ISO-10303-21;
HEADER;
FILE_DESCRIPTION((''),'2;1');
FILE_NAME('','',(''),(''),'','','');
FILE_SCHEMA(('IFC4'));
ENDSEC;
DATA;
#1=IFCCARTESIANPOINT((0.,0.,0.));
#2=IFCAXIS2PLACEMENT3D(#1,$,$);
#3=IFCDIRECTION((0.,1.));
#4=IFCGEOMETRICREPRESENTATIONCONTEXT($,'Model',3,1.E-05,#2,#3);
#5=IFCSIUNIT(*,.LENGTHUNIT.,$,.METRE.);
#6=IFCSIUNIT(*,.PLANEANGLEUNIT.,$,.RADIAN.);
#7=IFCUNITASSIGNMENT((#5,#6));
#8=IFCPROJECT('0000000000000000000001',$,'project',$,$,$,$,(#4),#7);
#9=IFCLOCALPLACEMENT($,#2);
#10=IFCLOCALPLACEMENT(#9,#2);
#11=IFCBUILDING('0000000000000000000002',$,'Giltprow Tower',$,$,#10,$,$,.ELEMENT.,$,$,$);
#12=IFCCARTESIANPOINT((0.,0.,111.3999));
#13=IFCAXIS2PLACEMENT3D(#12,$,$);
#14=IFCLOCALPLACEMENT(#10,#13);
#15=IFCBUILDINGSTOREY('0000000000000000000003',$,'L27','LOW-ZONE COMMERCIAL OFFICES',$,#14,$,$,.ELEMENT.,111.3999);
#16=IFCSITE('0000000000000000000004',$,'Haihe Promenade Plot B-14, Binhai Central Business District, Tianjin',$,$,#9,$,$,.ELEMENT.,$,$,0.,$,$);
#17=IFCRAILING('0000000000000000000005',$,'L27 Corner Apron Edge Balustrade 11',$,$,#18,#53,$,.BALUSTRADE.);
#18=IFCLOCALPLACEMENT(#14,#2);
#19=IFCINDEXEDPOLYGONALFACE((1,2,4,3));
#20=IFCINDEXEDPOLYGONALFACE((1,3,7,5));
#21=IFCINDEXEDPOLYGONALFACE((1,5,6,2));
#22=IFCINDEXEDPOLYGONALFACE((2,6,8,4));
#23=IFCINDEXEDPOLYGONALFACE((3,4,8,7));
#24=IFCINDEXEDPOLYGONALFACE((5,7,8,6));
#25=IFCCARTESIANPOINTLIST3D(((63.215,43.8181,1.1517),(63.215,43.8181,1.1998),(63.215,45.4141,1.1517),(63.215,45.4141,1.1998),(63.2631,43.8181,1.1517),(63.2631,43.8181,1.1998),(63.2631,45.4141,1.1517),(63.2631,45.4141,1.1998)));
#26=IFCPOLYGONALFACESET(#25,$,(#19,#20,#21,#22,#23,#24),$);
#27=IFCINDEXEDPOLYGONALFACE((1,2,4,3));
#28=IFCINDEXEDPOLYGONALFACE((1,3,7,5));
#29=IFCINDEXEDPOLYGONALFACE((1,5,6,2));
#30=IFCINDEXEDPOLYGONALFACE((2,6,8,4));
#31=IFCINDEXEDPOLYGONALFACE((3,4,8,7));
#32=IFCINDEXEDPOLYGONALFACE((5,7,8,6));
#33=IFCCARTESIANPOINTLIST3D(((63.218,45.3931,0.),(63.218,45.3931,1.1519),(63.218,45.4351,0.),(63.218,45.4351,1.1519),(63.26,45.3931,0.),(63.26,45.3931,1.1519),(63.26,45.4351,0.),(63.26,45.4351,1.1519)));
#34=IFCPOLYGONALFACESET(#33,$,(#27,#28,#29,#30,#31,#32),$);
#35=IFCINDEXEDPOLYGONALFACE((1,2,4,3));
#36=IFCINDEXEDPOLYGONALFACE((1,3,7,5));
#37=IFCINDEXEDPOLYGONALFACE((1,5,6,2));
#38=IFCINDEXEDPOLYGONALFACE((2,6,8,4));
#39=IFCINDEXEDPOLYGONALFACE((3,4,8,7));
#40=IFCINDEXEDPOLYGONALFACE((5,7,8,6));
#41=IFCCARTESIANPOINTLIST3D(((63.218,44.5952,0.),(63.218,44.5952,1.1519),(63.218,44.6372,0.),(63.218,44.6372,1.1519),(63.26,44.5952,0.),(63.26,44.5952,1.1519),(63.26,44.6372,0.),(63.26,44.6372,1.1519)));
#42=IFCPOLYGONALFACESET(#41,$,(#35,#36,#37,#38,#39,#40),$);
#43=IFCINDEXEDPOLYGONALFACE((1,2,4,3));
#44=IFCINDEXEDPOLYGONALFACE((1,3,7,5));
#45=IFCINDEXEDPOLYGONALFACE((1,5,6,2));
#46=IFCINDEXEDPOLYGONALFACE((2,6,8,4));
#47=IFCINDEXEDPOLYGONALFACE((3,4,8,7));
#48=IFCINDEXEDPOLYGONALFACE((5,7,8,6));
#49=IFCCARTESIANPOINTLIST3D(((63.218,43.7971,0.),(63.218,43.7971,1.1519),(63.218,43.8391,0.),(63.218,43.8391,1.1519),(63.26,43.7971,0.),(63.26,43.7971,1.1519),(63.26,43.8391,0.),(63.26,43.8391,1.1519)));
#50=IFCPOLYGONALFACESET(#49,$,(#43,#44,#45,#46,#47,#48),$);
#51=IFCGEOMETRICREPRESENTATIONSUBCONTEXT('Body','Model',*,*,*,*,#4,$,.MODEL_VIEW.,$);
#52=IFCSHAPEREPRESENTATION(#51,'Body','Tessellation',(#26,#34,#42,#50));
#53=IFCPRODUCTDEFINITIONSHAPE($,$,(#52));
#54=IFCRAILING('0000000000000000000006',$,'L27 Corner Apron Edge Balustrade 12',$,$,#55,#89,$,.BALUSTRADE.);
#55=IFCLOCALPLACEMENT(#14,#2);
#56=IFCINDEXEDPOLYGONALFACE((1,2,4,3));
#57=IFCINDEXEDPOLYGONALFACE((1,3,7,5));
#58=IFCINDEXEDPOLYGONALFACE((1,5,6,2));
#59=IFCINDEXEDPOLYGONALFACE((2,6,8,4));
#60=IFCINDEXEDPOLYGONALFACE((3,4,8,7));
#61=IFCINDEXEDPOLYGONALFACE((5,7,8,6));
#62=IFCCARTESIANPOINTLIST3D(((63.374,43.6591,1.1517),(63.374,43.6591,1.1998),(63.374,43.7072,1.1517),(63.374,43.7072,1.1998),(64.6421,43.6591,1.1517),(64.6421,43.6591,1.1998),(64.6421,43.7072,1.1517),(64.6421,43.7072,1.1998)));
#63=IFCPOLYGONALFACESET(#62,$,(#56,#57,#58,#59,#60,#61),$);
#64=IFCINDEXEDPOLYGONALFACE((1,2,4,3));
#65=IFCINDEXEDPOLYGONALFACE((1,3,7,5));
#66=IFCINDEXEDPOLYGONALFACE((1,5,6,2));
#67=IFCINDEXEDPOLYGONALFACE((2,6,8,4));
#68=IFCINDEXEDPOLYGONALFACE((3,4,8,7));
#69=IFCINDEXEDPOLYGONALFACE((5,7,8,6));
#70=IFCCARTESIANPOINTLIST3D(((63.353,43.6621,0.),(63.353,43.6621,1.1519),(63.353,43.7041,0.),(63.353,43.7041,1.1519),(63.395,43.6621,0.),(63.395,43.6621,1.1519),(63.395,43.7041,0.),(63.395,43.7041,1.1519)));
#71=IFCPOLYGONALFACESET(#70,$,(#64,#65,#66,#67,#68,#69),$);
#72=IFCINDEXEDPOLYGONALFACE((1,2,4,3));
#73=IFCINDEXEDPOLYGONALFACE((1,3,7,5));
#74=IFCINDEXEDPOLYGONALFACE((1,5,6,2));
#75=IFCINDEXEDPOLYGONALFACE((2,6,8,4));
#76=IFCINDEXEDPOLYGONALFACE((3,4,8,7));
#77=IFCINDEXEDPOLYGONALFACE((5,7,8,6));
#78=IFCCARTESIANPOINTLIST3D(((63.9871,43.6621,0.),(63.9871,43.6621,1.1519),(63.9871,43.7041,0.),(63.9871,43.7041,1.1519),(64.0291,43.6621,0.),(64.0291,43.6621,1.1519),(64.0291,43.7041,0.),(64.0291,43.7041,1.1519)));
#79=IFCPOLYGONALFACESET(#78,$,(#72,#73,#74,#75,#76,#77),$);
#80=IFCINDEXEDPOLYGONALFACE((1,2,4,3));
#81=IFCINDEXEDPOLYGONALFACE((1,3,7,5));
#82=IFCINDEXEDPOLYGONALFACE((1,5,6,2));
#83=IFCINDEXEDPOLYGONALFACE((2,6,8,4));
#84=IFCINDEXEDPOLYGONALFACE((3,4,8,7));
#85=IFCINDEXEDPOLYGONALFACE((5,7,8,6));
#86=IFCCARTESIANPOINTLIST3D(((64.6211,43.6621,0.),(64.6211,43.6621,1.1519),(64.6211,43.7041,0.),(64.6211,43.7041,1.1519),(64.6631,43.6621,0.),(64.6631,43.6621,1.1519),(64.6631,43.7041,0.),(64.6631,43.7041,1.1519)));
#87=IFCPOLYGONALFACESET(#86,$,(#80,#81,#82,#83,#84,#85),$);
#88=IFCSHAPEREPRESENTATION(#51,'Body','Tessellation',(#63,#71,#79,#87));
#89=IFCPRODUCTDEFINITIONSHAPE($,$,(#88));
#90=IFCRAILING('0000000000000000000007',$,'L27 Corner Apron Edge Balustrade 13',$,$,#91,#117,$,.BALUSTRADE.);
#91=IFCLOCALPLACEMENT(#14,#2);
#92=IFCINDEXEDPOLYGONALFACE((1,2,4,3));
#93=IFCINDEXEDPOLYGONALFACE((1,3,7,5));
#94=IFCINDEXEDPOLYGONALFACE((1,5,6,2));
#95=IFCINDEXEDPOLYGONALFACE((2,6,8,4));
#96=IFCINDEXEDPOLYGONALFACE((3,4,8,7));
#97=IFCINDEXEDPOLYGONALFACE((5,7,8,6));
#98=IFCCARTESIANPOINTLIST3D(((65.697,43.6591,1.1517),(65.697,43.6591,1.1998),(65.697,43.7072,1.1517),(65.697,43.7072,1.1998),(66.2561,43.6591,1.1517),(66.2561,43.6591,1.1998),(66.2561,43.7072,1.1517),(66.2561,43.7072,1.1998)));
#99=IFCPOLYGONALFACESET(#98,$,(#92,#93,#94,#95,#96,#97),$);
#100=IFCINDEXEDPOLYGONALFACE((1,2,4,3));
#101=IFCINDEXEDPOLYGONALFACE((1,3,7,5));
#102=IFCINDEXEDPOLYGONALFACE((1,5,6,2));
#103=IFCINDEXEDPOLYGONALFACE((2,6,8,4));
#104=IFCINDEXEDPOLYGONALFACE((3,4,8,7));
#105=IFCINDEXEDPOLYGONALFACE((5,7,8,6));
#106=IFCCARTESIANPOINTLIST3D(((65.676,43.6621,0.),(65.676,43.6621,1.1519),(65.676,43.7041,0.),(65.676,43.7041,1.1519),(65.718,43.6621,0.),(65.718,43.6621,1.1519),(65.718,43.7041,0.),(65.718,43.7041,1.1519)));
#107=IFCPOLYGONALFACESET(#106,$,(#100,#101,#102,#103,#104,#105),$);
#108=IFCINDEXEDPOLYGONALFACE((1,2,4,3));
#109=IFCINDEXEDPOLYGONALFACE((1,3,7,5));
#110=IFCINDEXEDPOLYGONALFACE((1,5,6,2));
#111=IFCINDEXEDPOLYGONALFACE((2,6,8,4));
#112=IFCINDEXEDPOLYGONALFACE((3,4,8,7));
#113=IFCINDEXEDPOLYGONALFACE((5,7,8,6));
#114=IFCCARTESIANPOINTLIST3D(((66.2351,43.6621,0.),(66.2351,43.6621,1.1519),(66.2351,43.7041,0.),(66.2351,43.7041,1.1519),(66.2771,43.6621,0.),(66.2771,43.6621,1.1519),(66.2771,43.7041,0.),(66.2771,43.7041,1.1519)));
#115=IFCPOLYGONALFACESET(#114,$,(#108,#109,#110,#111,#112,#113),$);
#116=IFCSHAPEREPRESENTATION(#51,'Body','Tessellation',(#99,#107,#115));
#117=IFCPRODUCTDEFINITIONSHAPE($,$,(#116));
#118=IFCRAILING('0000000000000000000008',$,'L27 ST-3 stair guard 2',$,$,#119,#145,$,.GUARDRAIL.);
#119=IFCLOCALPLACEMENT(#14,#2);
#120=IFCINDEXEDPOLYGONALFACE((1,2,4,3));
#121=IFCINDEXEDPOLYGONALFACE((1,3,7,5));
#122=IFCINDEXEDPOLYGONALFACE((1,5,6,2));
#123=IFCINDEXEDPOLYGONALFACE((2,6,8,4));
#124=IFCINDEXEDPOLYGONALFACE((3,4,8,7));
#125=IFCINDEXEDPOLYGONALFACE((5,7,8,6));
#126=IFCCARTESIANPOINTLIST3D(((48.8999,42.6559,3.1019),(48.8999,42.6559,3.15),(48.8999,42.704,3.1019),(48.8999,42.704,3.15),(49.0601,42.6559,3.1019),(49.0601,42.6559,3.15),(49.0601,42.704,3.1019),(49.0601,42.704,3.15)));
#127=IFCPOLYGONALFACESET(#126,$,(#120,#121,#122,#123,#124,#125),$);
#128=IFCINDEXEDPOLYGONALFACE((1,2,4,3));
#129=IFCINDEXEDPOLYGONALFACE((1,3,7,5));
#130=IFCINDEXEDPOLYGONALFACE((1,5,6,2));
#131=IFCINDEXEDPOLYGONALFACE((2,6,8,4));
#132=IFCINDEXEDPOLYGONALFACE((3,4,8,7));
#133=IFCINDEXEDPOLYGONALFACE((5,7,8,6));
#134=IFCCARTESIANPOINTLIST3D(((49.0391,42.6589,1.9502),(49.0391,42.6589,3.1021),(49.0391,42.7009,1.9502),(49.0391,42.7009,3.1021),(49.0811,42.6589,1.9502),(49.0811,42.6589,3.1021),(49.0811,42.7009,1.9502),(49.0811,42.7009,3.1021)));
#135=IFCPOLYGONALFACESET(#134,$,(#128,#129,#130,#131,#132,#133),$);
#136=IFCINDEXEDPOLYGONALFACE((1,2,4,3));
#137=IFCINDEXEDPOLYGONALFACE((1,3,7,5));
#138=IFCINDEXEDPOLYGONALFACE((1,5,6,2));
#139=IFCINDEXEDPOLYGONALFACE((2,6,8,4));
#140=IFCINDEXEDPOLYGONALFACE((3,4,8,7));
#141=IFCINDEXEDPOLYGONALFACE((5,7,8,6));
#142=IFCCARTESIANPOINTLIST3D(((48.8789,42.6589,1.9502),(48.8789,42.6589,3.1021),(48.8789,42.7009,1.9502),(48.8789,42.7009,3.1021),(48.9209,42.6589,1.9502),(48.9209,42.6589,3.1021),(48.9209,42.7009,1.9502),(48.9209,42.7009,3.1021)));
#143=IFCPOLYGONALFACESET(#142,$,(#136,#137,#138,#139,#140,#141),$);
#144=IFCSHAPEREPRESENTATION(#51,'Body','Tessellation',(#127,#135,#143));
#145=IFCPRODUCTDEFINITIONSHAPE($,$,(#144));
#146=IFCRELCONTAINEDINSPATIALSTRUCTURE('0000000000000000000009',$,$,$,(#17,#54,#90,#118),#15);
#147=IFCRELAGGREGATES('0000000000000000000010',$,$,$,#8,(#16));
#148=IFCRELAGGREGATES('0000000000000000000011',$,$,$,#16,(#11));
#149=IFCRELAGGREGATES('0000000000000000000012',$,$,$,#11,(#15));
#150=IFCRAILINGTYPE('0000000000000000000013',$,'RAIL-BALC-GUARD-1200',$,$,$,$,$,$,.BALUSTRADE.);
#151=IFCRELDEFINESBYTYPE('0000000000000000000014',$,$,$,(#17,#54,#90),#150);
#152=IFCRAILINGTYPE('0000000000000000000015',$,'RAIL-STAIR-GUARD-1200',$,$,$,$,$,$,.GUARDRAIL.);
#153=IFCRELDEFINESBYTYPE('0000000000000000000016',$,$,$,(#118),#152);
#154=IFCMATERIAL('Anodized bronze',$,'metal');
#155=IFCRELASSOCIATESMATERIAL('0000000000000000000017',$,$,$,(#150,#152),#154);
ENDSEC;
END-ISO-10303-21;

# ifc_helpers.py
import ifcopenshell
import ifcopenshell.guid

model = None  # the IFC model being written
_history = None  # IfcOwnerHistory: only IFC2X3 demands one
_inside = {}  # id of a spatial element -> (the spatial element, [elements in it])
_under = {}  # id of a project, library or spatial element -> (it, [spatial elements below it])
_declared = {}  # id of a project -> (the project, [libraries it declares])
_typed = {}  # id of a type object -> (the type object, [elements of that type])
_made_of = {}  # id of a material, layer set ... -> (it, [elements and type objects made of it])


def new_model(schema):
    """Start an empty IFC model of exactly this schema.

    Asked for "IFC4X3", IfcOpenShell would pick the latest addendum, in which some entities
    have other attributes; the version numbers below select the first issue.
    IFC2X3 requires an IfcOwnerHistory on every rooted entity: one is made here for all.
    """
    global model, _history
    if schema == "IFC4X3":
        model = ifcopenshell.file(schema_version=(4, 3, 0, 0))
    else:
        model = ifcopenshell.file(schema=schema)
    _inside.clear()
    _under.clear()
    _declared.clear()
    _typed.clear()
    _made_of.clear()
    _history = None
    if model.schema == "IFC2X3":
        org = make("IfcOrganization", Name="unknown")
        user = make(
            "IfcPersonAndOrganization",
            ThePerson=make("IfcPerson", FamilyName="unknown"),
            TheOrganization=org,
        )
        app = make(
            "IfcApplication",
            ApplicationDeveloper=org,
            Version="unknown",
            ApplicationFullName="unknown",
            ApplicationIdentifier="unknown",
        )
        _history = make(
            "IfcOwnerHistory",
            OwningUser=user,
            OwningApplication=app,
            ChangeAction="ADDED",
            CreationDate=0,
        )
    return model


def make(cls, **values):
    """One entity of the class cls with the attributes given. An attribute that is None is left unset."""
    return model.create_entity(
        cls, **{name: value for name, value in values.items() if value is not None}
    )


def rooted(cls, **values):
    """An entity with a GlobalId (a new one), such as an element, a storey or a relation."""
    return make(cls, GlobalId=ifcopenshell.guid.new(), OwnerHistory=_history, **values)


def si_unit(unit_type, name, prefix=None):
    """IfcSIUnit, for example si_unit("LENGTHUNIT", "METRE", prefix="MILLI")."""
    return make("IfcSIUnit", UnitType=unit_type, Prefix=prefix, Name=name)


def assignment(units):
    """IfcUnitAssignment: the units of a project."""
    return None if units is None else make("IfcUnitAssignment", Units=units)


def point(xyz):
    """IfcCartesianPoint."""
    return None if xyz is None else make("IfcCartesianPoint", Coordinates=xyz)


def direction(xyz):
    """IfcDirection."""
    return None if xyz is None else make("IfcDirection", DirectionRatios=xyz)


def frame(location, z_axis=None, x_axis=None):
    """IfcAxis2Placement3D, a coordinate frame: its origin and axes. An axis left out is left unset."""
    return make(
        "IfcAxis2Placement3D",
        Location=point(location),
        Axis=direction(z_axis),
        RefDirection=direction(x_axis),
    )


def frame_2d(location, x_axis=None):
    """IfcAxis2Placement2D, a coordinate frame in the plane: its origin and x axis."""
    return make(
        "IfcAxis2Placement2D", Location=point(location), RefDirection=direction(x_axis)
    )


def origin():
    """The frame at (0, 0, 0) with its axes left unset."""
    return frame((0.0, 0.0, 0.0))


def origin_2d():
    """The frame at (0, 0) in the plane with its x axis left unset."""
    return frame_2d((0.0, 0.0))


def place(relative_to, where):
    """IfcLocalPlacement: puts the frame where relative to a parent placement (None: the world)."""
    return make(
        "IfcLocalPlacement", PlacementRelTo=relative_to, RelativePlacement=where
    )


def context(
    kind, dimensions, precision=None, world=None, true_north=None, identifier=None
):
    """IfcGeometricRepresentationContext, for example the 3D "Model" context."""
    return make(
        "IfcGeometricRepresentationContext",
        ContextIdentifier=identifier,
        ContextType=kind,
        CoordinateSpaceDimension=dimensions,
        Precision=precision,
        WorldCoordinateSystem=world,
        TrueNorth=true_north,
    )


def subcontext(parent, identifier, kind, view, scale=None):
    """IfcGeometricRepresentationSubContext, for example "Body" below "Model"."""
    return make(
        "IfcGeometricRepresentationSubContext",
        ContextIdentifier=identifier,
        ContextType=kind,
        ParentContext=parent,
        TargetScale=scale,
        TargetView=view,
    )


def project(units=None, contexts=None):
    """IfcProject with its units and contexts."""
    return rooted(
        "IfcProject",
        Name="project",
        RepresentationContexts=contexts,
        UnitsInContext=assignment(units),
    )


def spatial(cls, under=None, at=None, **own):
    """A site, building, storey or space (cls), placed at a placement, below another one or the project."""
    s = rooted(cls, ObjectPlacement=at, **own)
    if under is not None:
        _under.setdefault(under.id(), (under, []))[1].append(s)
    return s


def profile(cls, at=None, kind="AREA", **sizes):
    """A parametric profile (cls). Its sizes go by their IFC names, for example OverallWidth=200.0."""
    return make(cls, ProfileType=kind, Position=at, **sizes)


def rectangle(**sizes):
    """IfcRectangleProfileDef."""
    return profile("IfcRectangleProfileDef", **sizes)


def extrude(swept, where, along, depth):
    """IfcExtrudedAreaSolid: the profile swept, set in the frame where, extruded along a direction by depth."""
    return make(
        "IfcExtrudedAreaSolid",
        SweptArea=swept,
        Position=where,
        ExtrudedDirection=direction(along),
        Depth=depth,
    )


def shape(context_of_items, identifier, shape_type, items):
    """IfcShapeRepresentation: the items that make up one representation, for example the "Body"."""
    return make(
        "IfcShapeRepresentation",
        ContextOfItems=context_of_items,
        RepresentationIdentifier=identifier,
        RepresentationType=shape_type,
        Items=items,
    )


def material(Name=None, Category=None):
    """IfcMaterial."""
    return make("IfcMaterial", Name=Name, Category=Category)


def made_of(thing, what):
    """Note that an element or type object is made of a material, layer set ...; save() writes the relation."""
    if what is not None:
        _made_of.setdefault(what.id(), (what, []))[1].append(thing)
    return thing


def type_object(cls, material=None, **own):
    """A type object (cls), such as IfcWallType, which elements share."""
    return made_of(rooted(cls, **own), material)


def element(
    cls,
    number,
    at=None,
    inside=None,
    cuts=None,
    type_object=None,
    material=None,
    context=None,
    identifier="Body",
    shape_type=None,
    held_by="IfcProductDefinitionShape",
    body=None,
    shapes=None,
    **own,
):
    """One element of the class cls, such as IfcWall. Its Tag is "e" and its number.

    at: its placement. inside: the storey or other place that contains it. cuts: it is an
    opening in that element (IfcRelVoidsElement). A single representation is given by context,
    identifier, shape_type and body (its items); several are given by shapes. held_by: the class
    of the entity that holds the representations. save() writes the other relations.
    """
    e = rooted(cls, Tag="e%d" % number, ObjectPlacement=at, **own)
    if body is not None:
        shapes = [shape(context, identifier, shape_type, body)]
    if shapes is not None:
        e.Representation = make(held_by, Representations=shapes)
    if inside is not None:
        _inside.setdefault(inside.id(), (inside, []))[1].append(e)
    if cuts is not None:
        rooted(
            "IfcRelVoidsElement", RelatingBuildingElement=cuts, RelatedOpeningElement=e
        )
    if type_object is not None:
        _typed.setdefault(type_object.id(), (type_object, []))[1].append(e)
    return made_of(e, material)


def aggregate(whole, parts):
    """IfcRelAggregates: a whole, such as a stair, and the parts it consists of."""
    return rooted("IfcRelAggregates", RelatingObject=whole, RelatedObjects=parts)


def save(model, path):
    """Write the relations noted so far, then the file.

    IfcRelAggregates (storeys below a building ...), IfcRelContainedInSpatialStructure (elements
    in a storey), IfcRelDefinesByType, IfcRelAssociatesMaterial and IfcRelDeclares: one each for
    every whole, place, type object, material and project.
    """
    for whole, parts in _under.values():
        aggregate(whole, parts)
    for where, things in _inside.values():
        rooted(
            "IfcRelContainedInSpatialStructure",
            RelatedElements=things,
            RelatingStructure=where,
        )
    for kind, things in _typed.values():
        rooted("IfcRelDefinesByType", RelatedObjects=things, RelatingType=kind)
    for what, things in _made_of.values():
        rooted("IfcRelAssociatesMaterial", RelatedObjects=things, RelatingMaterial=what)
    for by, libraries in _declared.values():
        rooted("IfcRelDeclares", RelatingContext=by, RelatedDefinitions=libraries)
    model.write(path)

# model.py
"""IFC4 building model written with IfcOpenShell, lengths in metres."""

from ifc_helpers import new_model, si_unit, direction, frame, origin, origin_2d, place, context, subcontext, project, spatial, rectangle, extrude, material, type_object, element, save


model = new_model("IFC4")

# Units and contexts
model_context = context("Model", 3, precision=1e-05, world=origin(), true_north=direction((0.0, 1.0)))
body_context = subcontext(model_context, "Body", "Model", "MODEL_VIEW")
ifc_project = project(units=[si_unit("LENGTHUNIT", "METRE"), si_unit("PLANEANGLEUNIT", "RADIAN")], contexts=[model_context])

# Site, building, storey
site_placement = place(None, origin())
site = spatial("IfcSite", under=ifc_project, at=site_placement, Name="Haihe Promenade Plot B-14, Binhai Central Business District, Tianjin", CompositionType="ELEMENT", RefElevation=0.0)
building_placement = place(site_placement, origin())
building = spatial("IfcBuilding", under=site, at=building_placement, Name="Giltprow Tower", CompositionType="ELEMENT")
storey_placement = place(building_placement, frame((0.0, 0.0, 111.3999)))
storey = spatial("IfcBuildingStorey", under=building, at=storey_placement, Name="L27", Description="LOW-ZONE COMMERCIAL OFFICES", CompositionType="ELEMENT", Elevation=111.3999)

# Railings
ifc_material_1 = material(Name="Anodized bronze", Category="metal")
railing_type_1 = type_object("IfcRailingType", Name="RAIL-BALC-GUARD-1200", PredefinedType="BALUSTRADE", material=ifc_material_1)
railing_1_placement = place(storey_placement, frame((63.239, 45.4141, 0.0)))
element("IfcRailing", 1, at=railing_1_placement, inside=storey, type_object=railing_type_1, Name="L27 Corner Apron Edge Balustrade 11", PredefinedType="BALUSTRADE", context=body_context, shape_type="SweptSolid", body=[
    extrude(rectangle(XDim=0.0481, YDim=0.0481, at=origin_2d()), frame((0.0, 0.0, 1.1758), z_axis=(0.0, -1.0, 0.0), x_axis=(1.0, 0.0, 0.0)), (0.0, 0.0, 1.0), 1.5959),
    extrude(rectangle(XDim=0.042, YDim=0.042, at=origin_2d()), origin(), (0.0, 0.0, 1.0), 1.1519),
    extrude(rectangle(XDim=0.042, YDim=0.042, at=origin_2d()), frame((0.0, -0.7979, 0.0)), (0.0, 0.0, 1.0), 1.1519),
    extrude(rectangle(XDim=0.042, YDim=0.042, at=origin_2d()), frame((0.0, -1.5959, 0.0)), (0.0, 0.0, 1.0), 1.1519),
])
railing_2_placement = place(storey_placement, frame((63.374, 43.6831, 0.0)))
element("IfcRailing", 2, at=railing_2_placement, inside=storey, type_object=railing_type_1, Name="L27 Corner Apron Edge Balustrade 12", PredefinedType="BALUSTRADE", context=body_context, shape_type="SweptSolid", body=[
    extrude(rectangle(XDim=0.0481, YDim=0.0481, at=origin_2d()), frame((0.0, 0.0, 1.1758), z_axis=(1.0, 0.0, 0.0), x_axis=(0.0, 1.0, 0.0)), (0.0, 0.0, 1.0), 1.2681),
    extrude(rectangle(XDim=0.042, YDim=0.042, at=origin_2d()), origin(), (0.0, 0.0, 1.0), 1.1519),
    extrude(rectangle(XDim=0.042, YDim=0.042, at=origin_2d()), frame((0.634, 0.0, 0.0)), (0.0, 0.0, 1.0), 1.1519),
    extrude(rectangle(XDim=0.042, YDim=0.042, at=origin_2d()), frame((1.2681, 0.0, 0.0)), (0.0, 0.0, 1.0), 1.1519),
])
railing_3_placement = place(storey_placement, frame((65.697, 43.6831, 0.0)))
element("IfcRailing", 3, at=railing_3_placement, inside=storey, type_object=railing_type_1, Name="L27 Corner Apron Edge Balustrade 13", PredefinedType="BALUSTRADE", context=body_context, shape_type="SweptSolid", body=[
    extrude(rectangle(XDim=0.0481, YDim=0.0481, at=origin_2d()), frame((0.0, 0.0, 1.1758), z_axis=(1.0, 0.0, 0.0), x_axis=(0.0, 1.0, 0.0)), (0.0, 0.0, 1.0), 0.5591),
    extrude(rectangle(XDim=0.042, YDim=0.042, at=origin_2d()), origin(), (0.0, 0.0, 1.0), 1.1519),
    extrude(rectangle(XDim=0.042, YDim=0.042, at=origin_2d()), frame((0.5591, 0.0, 0.0)), (0.0, 0.0, 1.0), 1.1519),
])
railing_type_2 = type_object("IfcRailingType", Name="RAIL-STAIR-GUARD-1200", PredefinedType="GUARDRAIL", material=ifc_material_1)
railing_4_placement = place(storey_placement, frame((49.0601, 42.6799, 1.9502)))
element("IfcRailing", 4, at=railing_4_placement, inside=storey, type_object=railing_type_2, Name="L27 ST-3 stair guard 2", PredefinedType="GUARDRAIL", context=body_context, shape_type="SweptSolid", body=[
    extrude(rectangle(XDim=0.0481, YDim=0.0481, at=origin_2d()), frame((0.0, 0.0, 1.1758), z_axis=(-1.0, 0.0, 0.0), x_axis=(0.0, -1.0, 0.0)), (0.0, 0.0, 1.0), 0.1602),
    extrude(rectangle(XDim=0.042, YDim=0.042, at=origin_2d()), origin(), (0.0, 0.0, 1.0), 1.1519),
    extrude(rectangle(XDim=0.042, YDim=0.042, at=origin_2d()), frame((-0.1602, 0.0, 0.0)), (0.0, 0.0, 1.0), 1.1519),
])

save(model, "model.ifc")
